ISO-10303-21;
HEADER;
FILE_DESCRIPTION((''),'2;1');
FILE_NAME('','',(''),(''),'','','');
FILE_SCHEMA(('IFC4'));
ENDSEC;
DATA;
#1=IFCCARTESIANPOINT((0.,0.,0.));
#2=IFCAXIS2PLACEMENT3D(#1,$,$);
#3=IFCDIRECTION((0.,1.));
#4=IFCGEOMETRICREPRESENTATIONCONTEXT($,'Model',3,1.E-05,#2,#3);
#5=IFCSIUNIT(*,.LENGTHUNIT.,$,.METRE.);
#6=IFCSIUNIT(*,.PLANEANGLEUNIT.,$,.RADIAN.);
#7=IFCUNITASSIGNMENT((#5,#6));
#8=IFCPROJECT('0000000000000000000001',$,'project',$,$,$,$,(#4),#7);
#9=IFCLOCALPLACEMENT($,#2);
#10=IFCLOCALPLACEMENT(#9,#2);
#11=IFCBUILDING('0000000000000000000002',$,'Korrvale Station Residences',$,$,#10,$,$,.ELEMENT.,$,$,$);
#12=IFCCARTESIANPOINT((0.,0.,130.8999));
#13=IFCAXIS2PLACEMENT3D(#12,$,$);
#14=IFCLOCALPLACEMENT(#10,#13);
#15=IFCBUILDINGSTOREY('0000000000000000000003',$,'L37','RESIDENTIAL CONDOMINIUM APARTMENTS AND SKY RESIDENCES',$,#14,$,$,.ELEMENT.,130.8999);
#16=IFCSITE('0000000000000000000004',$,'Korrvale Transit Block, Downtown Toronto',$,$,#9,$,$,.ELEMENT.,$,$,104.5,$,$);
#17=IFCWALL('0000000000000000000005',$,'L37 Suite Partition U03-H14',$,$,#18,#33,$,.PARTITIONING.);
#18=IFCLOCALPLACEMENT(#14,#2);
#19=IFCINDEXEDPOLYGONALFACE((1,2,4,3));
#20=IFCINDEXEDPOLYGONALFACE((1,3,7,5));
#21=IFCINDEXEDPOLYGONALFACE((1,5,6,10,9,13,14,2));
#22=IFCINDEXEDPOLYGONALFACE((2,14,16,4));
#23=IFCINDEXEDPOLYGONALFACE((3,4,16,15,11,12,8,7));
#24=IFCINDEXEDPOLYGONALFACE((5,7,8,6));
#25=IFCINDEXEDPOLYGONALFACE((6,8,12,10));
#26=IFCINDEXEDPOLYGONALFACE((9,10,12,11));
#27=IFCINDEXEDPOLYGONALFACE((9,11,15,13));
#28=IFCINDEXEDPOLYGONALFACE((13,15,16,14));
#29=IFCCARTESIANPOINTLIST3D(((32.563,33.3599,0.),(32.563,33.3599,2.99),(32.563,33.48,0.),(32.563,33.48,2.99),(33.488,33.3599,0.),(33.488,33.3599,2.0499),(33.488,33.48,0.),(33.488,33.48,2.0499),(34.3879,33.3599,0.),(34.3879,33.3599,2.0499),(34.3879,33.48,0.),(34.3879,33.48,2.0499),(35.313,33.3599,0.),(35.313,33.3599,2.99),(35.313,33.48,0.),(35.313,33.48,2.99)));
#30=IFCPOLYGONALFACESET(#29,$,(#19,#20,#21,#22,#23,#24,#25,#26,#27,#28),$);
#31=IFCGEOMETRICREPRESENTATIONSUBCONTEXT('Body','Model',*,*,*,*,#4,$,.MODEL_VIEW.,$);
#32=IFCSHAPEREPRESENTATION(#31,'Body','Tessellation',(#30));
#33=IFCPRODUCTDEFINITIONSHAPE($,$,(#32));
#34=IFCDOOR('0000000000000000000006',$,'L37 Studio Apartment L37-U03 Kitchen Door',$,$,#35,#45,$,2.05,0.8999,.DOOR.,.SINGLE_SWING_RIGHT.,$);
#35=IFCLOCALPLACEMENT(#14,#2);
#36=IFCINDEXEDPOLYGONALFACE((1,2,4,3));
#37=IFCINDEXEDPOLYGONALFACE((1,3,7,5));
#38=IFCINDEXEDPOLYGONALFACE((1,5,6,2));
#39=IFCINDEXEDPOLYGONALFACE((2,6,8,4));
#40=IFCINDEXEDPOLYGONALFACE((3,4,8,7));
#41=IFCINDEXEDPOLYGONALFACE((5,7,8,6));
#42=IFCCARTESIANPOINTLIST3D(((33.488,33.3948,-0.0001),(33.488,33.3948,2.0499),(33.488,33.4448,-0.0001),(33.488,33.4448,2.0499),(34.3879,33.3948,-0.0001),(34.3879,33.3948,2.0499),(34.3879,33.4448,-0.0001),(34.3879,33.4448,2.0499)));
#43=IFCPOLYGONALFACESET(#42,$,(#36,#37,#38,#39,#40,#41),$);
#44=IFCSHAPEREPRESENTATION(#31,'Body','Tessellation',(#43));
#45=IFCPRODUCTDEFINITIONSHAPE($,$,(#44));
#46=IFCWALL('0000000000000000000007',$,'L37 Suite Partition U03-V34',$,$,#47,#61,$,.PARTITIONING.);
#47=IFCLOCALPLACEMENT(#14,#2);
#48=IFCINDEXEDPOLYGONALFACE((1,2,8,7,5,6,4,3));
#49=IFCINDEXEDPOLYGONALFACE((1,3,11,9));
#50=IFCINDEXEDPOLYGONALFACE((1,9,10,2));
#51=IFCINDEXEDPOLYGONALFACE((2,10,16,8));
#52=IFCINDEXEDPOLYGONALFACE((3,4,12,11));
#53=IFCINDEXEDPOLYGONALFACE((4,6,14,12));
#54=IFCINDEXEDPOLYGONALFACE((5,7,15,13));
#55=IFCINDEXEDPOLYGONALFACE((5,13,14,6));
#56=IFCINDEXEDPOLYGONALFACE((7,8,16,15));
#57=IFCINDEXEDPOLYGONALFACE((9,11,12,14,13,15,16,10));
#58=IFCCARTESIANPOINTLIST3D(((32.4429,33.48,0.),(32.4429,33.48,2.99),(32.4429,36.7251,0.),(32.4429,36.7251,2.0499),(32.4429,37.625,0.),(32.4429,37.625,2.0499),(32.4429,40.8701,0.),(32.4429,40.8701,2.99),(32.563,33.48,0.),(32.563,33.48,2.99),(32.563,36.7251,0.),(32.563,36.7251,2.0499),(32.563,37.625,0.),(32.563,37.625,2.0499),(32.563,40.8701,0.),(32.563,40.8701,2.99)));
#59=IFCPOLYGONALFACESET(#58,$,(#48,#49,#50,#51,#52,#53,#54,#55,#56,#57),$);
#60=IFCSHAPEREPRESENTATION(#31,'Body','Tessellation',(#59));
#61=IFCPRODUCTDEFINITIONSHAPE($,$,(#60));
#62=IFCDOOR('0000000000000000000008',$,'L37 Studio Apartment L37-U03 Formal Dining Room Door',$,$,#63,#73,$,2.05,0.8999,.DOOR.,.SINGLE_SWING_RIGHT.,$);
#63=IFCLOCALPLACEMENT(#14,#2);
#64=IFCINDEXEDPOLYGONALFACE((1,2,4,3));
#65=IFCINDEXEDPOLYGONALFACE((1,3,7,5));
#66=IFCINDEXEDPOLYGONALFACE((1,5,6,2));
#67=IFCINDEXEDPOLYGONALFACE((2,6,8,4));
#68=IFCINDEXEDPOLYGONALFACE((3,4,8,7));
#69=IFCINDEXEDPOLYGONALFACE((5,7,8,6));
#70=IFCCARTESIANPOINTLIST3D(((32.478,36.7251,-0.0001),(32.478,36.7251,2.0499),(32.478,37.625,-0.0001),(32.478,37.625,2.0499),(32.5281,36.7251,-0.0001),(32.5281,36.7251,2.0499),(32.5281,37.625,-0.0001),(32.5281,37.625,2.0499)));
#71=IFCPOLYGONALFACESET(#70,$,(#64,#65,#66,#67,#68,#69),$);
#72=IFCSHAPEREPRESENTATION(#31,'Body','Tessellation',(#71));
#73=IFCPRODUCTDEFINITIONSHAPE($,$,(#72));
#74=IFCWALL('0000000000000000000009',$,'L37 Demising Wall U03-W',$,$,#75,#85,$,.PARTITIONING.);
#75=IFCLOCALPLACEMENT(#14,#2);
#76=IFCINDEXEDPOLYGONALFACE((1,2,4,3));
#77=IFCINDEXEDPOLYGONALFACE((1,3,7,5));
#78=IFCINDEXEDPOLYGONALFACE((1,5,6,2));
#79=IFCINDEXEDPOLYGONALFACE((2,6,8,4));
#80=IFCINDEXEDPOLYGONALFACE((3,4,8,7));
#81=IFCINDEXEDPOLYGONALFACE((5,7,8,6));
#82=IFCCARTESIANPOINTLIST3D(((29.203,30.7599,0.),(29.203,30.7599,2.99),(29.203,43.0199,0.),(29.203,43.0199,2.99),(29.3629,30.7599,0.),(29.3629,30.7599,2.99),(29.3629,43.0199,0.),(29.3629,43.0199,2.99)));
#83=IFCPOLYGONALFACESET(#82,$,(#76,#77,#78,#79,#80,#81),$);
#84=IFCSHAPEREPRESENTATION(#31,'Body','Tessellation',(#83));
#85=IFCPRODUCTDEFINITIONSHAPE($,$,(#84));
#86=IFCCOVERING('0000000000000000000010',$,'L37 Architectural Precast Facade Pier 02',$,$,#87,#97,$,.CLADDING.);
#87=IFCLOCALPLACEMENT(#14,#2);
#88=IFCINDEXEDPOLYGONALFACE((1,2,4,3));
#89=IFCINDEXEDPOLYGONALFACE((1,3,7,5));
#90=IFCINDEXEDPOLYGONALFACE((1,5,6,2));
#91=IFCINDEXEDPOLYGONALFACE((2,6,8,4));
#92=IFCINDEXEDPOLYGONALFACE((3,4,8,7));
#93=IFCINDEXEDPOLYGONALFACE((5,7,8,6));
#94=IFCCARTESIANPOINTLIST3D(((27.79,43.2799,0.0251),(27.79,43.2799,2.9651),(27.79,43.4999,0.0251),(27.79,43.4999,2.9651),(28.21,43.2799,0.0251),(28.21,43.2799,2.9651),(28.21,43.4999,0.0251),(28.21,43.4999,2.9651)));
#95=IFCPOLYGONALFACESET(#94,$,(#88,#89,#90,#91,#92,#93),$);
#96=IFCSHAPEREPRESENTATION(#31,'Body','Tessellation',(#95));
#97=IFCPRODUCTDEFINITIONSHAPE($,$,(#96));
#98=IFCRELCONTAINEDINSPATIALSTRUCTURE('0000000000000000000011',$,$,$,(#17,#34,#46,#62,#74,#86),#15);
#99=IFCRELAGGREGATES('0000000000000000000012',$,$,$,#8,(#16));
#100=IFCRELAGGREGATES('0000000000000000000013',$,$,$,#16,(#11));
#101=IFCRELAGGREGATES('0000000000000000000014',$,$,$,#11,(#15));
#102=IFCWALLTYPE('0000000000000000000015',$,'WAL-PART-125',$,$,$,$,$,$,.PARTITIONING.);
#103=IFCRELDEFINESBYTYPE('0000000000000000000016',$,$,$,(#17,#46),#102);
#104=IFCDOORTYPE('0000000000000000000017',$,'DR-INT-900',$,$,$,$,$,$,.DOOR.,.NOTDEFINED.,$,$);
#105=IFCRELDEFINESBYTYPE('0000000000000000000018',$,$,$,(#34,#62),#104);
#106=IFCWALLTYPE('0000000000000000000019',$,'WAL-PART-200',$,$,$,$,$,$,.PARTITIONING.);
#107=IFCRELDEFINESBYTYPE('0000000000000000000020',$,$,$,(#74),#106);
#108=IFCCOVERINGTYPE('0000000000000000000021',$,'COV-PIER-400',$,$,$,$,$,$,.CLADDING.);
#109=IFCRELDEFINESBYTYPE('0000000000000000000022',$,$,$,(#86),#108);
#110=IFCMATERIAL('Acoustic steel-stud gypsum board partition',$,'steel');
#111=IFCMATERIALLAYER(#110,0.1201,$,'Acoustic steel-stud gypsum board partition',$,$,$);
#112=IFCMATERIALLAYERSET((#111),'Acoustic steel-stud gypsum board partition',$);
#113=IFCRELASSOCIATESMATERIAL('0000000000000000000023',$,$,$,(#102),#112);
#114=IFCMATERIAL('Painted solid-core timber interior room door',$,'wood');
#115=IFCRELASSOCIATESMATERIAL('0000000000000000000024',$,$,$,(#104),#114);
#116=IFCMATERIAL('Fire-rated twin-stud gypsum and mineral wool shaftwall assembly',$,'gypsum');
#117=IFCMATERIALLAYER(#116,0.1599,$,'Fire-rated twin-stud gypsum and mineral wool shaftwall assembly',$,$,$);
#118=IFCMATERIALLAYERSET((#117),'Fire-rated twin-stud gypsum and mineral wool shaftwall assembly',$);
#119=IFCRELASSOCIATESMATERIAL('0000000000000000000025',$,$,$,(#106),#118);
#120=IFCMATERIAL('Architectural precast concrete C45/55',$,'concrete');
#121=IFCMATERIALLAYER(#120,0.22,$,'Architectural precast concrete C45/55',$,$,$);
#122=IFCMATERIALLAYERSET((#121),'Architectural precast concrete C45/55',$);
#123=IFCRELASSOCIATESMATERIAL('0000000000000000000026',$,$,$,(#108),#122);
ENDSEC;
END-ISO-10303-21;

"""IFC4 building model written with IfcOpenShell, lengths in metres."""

from ifc_helpers import new_model, si_unit, direction, frame, frame_2d, origin, origin_2d, place, context, subcontext, project, spatial, rectangle, extrude, material, layer, layer_set, type_object, element, fill, save


model = new_model("IFC4")

# Units and contexts
model_context = context("Model", 3, precision=1e-05, world=origin(), true_north=direction((0.0, 1.0)))
body_context = subcontext(model_context, "Body", "Model", "MODEL_VIEW")
ifc_project = project(units=[si_unit("LENGTHUNIT", "METRE"), si_unit("PLANEANGLEUNIT", "RADIAN")], contexts=[model_context])

# Site, building, storey
site_placement = place(None, origin())
site = spatial("IfcSite", under=ifc_project, at=site_placement, Name="Korrvale Transit Block, Downtown Toronto", CompositionType="ELEMENT", RefElevation=104.5)
building_placement = place(site_placement, origin())
building = spatial("IfcBuilding", under=site, at=building_placement, Name="Korrvale Station Residences", CompositionType="ELEMENT")
storey_placement = place(building_placement, frame((0.0, 0.0, 130.8999)))
storey = spatial("IfcBuildingStorey", under=building, at=storey_placement, Name="L37", Description="RESIDENTIAL CONDOMINIUM APARTMENTS AND SKY RESIDENCES", CompositionType="ELEMENT", Elevation=130.8999)

# Shared definitions
ifc_material_1 = material(Name="Acoustic steel-stud gypsum board partition", Category="steel")
ifc_layer_1 = layer(ifc_material_1, 0.1201, Name="Acoustic steel-stud gypsum board partition")
ifc_layer_set_1 = layer_set([ifc_layer_1], Name="Acoustic steel-stud gypsum board partition")
wall_type_1 = type_object("IfcWallType", Name="WAL-PART-125", PredefinedType="PARTITIONING", material=ifc_layer_set_1)
ifc_material_2 = material(Name="Painted solid-core timber interior room door", Category="wood")
door_type_1 = type_object("IfcDoorType", Name="DR-INT-900", OperationType="NOTDEFINED", PredefinedType="DOOR", material=ifc_material_2)

# Walls, openings, doors
wall_1_placement = place(storey_placement, frame((32.563, 33.4199, 0.0), z_axis=(0.0, 0.0, 1.0), x_axis=(1.0, 0.0, 0.0)))
wall_1 = element("IfcWall", 1, at=wall_1_placement, inside=storey, type_object=wall_type_1, Name="L37 Suite Partition U03-H14", PredefinedType="PARTITIONING", context=body_context, shape_type="SweptSolid", body=[
    extrude(rectangle(XDim=2.75, YDim=0.1201, at=frame_2d((1.375, 0.0))), origin(), (0.0, 0.0, 1.0), 2.99),
])
opening_1_placement = place(wall_1_placement, frame((0.925, 0.0, 0.0)))
opening_1 = element("IfcOpeningElement", 2, at=opening_1_placement, cuts=wall_1, PredefinedType="OPENING", context=body_context, shape_type="SweptSolid", body=[
    extrude(rectangle(XDim=0.8999, YDim=2.05, at=frame_2d((0.45, 1.0249))), frame((0.0, 0.0701, 0.0), z_axis=(0.0, -1.0, 0.0), x_axis=(1.0, 0.0, 0.0)), (0.0, 0.0, 1.0), 0.1401),
])
door_1_placement = place(opening_1_placement, origin())
door_1 = element("IfcDoor", 3, at=door_1_placement, inside=storey, type_object=door_type_1, Name="L37 Studio Apartment L37-U03 Kitchen Door", OperationType="SINGLE_SWING_RIGHT", OverallHeight=2.05, OverallWidth=0.8999, PredefinedType="DOOR", context=body_context, shape_type="SweptSolid", body=[
    extrude(rectangle(XDim=0.8999, YDim=2.05, at=frame_2d((0.45, 1.0249))), frame((0.0, 0.0249, 0.0), z_axis=(0.0, -1.0, 0.0), x_axis=(1.0, 0.0, 0.0)), (0.0, 0.0, 1.0), 0.05),
])
fill(opening_1, door_1)
wall_2_placement = place(storey_placement, frame((32.5029, 33.48, 0.0), z_axis=(0.0, 0.0, 1.0), x_axis=(0.0, 1.0, 0.0)))
wall_2 = element("IfcWall", 4, at=wall_2_placement, inside=storey, type_object=wall_type_1, Name="L37 Suite Partition U03-V34", PredefinedType="PARTITIONING", context=body_context, shape_type="SweptSolid", body=[
    extrude(rectangle(XDim=7.3901, YDim=0.1201, at=frame_2d((3.6951, 0.0))), origin(), (0.0, 0.0, 1.0), 2.99),
])
opening_2_placement = place(wall_2_placement, frame((3.2451, 0.0, 0.0)))
opening_2 = element("IfcOpeningElement", 5, at=opening_2_placement, cuts=wall_2, PredefinedType="OPENING", context=body_context, shape_type="SweptSolid", body=[
    extrude(rectangle(XDim=0.8999, YDim=2.05, at=frame_2d((0.45, 1.0249))), frame((0.0, 0.0701, 0.0), z_axis=(0.0, -1.0, 0.0), x_axis=(1.0, 0.0, 0.0)), (0.0, 0.0, 1.0), 0.1401),
])
door_2_placement = place(opening_2_placement, origin())
door_2 = element("IfcDoor", 6, at=door_2_placement, inside=storey, type_object=door_type_1, Name="L37 Studio Apartment L37-U03 Formal Dining Room Door", OperationType="SINGLE_SWING_RIGHT", OverallHeight=2.05, OverallWidth=0.8999, PredefinedType="DOOR", context=body_context, shape_type="SweptSolid", body=[
    extrude(rectangle(XDim=0.8999, YDim=2.05, at=frame_2d((0.45, 1.0249))), frame((0.0, 0.0249, 0.0), z_axis=(0.0, -1.0, 0.0), x_axis=(1.0, 0.0, 0.0)), (0.0, 0.0, 1.0), 0.05),
])
fill(opening_2, door_2)

# Wall
ifc_material_3 = material(Name="Fire-rated twin-stud gypsum and mineral wool shaftwall assembly", Category="gypsum")
ifc_layer_2 = layer(ifc_material_3, 0.1599, Name="Fire-rated twin-stud gypsum and mineral wool shaftwall assembly")
ifc_layer_set_2 = layer_set([ifc_layer_2], Name="Fire-rated twin-stud gypsum and mineral wool shaftwall assembly")
wall_type_2 = type_object("IfcWallType", Name="WAL-PART-200", PredefinedType="PARTITIONING", material=ifc_layer_set_2)
wall_3_placement = place(storey_placement, frame((29.283, 30.76, 0.0), z_axis=(0.0, 0.0, 1.0), x_axis=(0.0, 1.0, 0.0)))
element("IfcWall", 7, at=wall_3_placement, inside=storey, type_object=wall_type_2, Name="L37 Demising Wall U03-W", PredefinedType="PARTITIONING", context=body_context, shape_type="SweptSolid", body=[
    extrude(rectangle(XDim=12.26, YDim=0.1599, at=frame_2d((6.1299, 0.0))), origin(), (0.0, 0.0, 1.0), 2.99),
])

# Covering
ifc_material_4 = material(Name="Architectural precast concrete C45/55", Category="concrete")
ifc_layer_3 = layer(ifc_material_4, 0.22, Name="Architectural precast concrete C45/55")
ifc_layer_set_3 = layer_set([ifc_layer_3], Name="Architectural precast concrete C45/55")
covering_type = type_object("IfcCoveringType", Name="COV-PIER-400", PredefinedType="CLADDING", material=ifc_layer_set_3)
covering_placement = place(storey_placement, frame((28.0, 43.3899, 0.0251), z_axis=(0.0, 0.0, 1.0), x_axis=(1.0, 0.0, 0.0)))
element("IfcCovering", 8, at=covering_placement, inside=storey, type_object=covering_type, Name="L37 Architectural Precast Facade Pier 02", PredefinedType="CLADDING", context=body_context, shape_type="SweptSolid", body=[
    extrude(rectangle(XDim=0.4199, YDim=0.22, at=origin_2d()), origin(), (0.0, 0.0, 1.0), 2.9399),
])

save(model, "model.ifc")
